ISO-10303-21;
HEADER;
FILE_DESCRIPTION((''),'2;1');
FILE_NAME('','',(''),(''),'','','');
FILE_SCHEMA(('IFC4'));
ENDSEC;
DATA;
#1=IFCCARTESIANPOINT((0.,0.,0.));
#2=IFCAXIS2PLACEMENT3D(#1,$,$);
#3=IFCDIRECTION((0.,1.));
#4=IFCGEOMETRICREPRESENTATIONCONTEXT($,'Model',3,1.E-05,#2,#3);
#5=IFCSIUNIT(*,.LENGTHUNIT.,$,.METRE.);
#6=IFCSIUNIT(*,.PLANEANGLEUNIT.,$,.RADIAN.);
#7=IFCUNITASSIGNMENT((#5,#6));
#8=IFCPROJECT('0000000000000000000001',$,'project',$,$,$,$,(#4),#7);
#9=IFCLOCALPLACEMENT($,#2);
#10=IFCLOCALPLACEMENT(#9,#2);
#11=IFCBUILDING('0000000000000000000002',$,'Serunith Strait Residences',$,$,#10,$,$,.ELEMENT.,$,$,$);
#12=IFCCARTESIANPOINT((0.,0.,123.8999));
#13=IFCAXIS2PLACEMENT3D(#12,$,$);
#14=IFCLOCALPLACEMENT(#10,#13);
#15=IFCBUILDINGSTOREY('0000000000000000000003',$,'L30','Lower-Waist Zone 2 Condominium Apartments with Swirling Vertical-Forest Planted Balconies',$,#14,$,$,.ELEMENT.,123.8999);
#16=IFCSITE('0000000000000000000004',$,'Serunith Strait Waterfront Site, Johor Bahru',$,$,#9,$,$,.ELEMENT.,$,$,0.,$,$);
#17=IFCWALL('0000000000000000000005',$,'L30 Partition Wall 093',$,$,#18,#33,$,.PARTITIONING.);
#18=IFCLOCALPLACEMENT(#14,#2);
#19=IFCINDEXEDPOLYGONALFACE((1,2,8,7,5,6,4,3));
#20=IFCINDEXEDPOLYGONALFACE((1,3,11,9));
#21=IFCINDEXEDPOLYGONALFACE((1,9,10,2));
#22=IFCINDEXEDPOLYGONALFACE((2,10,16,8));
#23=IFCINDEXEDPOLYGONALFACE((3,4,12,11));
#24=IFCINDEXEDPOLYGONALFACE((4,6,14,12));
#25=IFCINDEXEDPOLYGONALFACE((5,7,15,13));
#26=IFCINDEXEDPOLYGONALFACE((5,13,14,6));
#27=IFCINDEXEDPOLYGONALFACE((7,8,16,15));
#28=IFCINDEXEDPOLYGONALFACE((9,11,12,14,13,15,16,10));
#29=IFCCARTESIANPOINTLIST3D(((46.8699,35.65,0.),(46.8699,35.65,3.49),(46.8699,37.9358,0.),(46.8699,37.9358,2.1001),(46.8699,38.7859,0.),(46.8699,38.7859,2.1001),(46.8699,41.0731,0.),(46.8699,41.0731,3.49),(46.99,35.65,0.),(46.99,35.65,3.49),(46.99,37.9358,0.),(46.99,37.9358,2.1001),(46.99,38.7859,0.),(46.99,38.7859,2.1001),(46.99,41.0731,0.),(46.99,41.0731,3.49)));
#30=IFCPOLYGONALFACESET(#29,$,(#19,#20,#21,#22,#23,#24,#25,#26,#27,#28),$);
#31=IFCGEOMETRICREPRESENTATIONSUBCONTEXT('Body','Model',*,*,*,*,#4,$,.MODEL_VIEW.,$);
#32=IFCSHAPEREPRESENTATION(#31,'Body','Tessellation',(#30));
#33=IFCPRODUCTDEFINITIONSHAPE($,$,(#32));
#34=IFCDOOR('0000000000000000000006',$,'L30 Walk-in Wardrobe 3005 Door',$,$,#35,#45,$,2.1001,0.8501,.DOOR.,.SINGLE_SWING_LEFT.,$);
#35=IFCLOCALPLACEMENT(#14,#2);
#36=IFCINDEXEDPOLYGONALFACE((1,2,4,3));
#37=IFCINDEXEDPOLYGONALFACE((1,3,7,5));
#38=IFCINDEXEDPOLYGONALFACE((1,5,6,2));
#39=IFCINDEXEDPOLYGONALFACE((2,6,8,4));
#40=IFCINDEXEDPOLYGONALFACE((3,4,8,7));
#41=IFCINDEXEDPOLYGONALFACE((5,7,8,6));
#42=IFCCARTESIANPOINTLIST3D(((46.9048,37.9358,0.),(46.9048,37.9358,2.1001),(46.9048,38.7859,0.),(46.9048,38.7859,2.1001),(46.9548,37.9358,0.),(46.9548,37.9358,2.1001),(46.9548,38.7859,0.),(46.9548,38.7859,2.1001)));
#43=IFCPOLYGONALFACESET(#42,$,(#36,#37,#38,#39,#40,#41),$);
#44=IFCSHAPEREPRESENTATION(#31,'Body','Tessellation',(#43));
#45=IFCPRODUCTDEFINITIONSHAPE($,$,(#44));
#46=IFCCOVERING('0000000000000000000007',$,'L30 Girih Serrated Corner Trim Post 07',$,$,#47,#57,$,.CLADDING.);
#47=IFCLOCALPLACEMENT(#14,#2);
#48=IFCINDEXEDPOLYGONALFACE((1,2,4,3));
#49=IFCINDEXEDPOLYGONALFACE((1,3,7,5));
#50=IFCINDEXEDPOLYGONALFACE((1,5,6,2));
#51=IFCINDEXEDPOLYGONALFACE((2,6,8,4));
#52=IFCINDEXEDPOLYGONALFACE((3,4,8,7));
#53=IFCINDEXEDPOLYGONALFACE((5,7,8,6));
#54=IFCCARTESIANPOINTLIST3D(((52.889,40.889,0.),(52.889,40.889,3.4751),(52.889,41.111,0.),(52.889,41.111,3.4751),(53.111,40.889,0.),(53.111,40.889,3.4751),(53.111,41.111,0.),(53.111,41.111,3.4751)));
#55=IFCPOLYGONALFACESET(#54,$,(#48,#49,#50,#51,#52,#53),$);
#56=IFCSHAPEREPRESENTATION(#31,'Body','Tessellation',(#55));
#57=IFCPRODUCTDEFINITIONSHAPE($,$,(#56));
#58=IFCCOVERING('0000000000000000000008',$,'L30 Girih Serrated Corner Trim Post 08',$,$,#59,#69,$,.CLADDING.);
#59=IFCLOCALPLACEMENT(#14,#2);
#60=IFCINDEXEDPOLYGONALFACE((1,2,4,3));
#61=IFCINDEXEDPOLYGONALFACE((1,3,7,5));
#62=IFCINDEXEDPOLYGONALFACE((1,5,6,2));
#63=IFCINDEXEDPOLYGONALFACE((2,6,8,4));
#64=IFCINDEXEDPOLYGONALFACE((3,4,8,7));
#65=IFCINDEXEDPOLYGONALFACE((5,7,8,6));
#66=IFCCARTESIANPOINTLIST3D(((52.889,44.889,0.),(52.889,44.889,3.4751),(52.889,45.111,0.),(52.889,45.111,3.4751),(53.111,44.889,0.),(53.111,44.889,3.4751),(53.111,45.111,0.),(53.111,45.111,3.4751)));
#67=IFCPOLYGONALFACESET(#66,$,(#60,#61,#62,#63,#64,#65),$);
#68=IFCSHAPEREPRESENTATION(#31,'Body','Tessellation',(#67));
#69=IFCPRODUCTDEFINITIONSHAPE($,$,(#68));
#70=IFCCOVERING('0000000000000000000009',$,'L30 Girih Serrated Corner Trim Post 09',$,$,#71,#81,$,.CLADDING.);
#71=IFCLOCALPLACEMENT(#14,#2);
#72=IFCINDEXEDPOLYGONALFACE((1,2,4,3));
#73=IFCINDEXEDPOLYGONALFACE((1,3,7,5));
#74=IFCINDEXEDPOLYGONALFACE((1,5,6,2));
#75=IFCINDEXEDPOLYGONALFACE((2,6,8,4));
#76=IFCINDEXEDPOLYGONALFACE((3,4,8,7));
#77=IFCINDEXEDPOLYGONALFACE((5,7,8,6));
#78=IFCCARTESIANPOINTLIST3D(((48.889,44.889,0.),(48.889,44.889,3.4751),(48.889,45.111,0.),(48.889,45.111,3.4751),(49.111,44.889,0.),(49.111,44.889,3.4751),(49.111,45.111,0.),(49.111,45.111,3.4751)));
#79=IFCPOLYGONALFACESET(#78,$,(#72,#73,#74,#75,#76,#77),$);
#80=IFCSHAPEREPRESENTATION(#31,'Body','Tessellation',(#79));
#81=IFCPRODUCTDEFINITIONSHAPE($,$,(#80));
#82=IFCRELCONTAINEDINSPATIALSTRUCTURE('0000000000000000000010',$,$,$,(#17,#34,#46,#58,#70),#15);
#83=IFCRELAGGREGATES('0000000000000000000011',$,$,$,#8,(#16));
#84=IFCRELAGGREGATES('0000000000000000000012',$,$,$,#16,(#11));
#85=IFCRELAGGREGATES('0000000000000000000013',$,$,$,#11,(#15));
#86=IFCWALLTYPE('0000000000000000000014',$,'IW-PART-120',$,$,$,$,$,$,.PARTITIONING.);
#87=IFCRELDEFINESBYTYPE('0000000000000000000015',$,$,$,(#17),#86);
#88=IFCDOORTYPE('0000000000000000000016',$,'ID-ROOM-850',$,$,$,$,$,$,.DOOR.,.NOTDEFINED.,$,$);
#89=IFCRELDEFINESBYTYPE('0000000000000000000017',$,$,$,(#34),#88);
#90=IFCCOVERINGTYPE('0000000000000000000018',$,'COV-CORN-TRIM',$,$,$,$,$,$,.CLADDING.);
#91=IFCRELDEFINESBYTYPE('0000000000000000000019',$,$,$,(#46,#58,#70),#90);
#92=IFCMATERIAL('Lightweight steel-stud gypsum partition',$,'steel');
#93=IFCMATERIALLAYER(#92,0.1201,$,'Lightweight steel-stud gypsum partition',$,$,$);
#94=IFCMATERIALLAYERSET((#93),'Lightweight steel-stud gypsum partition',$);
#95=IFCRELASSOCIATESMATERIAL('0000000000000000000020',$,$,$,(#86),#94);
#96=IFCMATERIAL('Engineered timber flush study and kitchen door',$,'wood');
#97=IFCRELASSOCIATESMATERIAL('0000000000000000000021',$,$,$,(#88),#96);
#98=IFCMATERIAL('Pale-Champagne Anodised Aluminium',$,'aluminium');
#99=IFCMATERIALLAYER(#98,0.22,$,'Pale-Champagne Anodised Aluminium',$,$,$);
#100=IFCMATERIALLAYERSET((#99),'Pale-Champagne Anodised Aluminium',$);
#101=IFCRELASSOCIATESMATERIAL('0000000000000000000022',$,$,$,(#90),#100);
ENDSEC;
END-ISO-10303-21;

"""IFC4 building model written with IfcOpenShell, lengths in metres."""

from ifc_helpers import new_model, si_unit, direction, frame, frame_2d, origin, origin_2d, place, context, subcontext, project, spatial, rectangle, extrude, source, transform, mapped, material, layer, layer_set, type_object, element, fill, save


model = new_model("IFC4")

# Units and contexts
model_context = context("Model", 3, precision=1e-05, world=origin(), true_north=direction((0.0, 1.0)))
body_context = subcontext(model_context, "Body", "Model", "MODEL_VIEW")
ifc_project = project(units=[si_unit("LENGTHUNIT", "METRE"), si_unit("PLANEANGLEUNIT", "RADIAN")], contexts=[model_context])

# Site, building, storey
site_placement = place(None, origin())
site = spatial("IfcSite", under=ifc_project, at=site_placement, Name="Serunith Strait Waterfront Site, Johor Bahru", CompositionType="ELEMENT", RefElevation=0.0)
building_placement = place(site_placement, origin())
building = spatial("IfcBuilding", under=site, at=building_placement, Name="Serunith Strait Residences", CompositionType="ELEMENT")
storey_placement = place(building_placement, frame((0.0, 0.0, 123.8999)))
storey = spatial("IfcBuildingStorey", under=building, at=storey_placement, Name="L30", Description="Lower-Waist Zone 2 Condominium Apartments with Swirling Vertical-Forest Planted Balconies", CompositionType="ELEMENT", Elevation=123.8999)

# Shared definitions
ifc_material_1 = material(Name="Pale-Champagne Anodised Aluminium", Category="aluminium")

# Shared definitions
ifc_material_2 = material(Name="Lightweight steel-stud gypsum partition", Category="steel")
ifc_layer_1 = layer(ifc_material_2, 0.1201, Name="Lightweight steel-stud gypsum partition")
ifc_layer_set_1 = layer_set([ifc_layer_1], Name="Lightweight steel-stud gypsum partition")
wall_type_1 = type_object("IfcWallType", Name="IW-PART-120", PredefinedType="PARTITIONING", material=ifc_layer_set_1)

# Wall, opening, door
wall_1_placement = place(storey_placement, frame((46.9299, 41.073, 0.0), z_axis=(0.0, 0.0, 1.0), x_axis=(0.0, -1.0, 0.0)))
wall_1 = element("IfcWall", 1, at=wall_1_placement, inside=storey, type_object=wall_type_1, Name="L30 Partition Wall 093", PredefinedType="PARTITIONING", context=body_context, shape_type="SweptSolid", body=[
    extrude(rectangle(XDim=5.4231, YDim=0.1201, at=frame_2d((2.7114, 0.0))), origin(), (0.0, 0.0, 1.0), 3.49),
])
opening_1_placement = place(wall_1_placement, frame((2.2871, 0.0, 0.0)))
opening_1 = element("IfcOpeningElement", 2, at=opening_1_placement, cuts=wall_1, PredefinedType="OPENING", context=body_context, shape_type="SweptSolid", body=[
    extrude(rectangle(XDim=0.8501, YDim=2.1001, at=frame_2d((0.425, 1.05))), frame((0.0, 0.0701, 0.0), z_axis=(0.0, -1.0, 0.0), x_axis=(1.0, 0.0, 0.0)), (0.0, 0.0, 1.0), 0.1401),
])
ifc_material_3 = material(Name="Engineered timber flush study and kitchen door", Category="wood")
door_type_1 = type_object("IfcDoorType", Name="ID-ROOM-850", OperationType="NOTDEFINED", PredefinedType="DOOR", material=ifc_material_3)
shared_shape_1 = source(origin(), body_context, "Body", "SweptSolid", [
    extrude(rectangle(XDim=0.8501, YDim=2.1001, at=frame_2d((0.425, 1.05))), frame((0.0, 0.0249, 0.0), z_axis=(0.0, -1.0, 0.0), x_axis=(1.0, 0.0, 0.0)), (0.0, 0.0, 1.0), 0.05),
])
door_1_placement = place(opening_1_placement, origin())
door_1 = element("IfcDoor", 3, at=door_1_placement, inside=storey, type_object=door_type_1, Name="L30 Walk-in Wardrobe 3005 Door", OperationType="SINGLE_SWING_LEFT", OverallHeight=2.1001, OverallWidth=0.8501, PredefinedType="DOOR", context=body_context, shape_type="MappedRepresentation", body=[
    mapped(shared_shape_1, transform((0.0, 0.0, 0.0), scale=1.0)),
])
fill(opening_1, door_1)

# Coverings
ifc_layer_2 = layer(ifc_material_1, 0.22, Name="Pale-Champagne Anodised Aluminium")
ifc_layer_set_2 = layer_set([ifc_layer_2], Name="Pale-Champagne Anodised Aluminium")
covering_type = type_object("IfcCoveringType", Name="COV-CORN-TRIM", PredefinedType="CLADDING", material=ifc_layer_set_2)
shared_shape_2 = source(origin(), body_context, "Body", "SweptSolid", [
    extrude(rectangle(XDim=0.2219, YDim=0.2219, at=origin_2d()), origin(), (0.0, 0.0, 1.0), 3.4751),
])
for number, where, z_axis, x_axis, name in (
    (4, (53.0, 41.0, 0.0), (0.0, 0.0, 1.0), (1.0, 0.0, 0.0), "L30 Girih Serrated Corner Trim Post 07"),
    (5, (53.0, 45.0, 0.0), (0.0, 0.0, 1.0), (1.0, 0.0, 0.0), "L30 Girih Serrated Corner Trim Post 08"),
    (6, (49.0, 45.0, 0.0), (0.0, 0.0, 1.0), (1.0, 0.0, 0.0), "L30 Girih Serrated Corner Trim Post 09"),
):
    element("IfcCovering", number, at=place(storey_placement, frame(where, z_axis=z_axis, x_axis=x_axis)), inside=storey, type_object=covering_type, Name=name, PredefinedType="CLADDING", context=body_context, shape_type="MappedRepresentation", body=[
        mapped(shared_shape_2, transform((0.0, 0.0, 0.0), scale=1.0)),
    ])

save(model, "model.ifc")
